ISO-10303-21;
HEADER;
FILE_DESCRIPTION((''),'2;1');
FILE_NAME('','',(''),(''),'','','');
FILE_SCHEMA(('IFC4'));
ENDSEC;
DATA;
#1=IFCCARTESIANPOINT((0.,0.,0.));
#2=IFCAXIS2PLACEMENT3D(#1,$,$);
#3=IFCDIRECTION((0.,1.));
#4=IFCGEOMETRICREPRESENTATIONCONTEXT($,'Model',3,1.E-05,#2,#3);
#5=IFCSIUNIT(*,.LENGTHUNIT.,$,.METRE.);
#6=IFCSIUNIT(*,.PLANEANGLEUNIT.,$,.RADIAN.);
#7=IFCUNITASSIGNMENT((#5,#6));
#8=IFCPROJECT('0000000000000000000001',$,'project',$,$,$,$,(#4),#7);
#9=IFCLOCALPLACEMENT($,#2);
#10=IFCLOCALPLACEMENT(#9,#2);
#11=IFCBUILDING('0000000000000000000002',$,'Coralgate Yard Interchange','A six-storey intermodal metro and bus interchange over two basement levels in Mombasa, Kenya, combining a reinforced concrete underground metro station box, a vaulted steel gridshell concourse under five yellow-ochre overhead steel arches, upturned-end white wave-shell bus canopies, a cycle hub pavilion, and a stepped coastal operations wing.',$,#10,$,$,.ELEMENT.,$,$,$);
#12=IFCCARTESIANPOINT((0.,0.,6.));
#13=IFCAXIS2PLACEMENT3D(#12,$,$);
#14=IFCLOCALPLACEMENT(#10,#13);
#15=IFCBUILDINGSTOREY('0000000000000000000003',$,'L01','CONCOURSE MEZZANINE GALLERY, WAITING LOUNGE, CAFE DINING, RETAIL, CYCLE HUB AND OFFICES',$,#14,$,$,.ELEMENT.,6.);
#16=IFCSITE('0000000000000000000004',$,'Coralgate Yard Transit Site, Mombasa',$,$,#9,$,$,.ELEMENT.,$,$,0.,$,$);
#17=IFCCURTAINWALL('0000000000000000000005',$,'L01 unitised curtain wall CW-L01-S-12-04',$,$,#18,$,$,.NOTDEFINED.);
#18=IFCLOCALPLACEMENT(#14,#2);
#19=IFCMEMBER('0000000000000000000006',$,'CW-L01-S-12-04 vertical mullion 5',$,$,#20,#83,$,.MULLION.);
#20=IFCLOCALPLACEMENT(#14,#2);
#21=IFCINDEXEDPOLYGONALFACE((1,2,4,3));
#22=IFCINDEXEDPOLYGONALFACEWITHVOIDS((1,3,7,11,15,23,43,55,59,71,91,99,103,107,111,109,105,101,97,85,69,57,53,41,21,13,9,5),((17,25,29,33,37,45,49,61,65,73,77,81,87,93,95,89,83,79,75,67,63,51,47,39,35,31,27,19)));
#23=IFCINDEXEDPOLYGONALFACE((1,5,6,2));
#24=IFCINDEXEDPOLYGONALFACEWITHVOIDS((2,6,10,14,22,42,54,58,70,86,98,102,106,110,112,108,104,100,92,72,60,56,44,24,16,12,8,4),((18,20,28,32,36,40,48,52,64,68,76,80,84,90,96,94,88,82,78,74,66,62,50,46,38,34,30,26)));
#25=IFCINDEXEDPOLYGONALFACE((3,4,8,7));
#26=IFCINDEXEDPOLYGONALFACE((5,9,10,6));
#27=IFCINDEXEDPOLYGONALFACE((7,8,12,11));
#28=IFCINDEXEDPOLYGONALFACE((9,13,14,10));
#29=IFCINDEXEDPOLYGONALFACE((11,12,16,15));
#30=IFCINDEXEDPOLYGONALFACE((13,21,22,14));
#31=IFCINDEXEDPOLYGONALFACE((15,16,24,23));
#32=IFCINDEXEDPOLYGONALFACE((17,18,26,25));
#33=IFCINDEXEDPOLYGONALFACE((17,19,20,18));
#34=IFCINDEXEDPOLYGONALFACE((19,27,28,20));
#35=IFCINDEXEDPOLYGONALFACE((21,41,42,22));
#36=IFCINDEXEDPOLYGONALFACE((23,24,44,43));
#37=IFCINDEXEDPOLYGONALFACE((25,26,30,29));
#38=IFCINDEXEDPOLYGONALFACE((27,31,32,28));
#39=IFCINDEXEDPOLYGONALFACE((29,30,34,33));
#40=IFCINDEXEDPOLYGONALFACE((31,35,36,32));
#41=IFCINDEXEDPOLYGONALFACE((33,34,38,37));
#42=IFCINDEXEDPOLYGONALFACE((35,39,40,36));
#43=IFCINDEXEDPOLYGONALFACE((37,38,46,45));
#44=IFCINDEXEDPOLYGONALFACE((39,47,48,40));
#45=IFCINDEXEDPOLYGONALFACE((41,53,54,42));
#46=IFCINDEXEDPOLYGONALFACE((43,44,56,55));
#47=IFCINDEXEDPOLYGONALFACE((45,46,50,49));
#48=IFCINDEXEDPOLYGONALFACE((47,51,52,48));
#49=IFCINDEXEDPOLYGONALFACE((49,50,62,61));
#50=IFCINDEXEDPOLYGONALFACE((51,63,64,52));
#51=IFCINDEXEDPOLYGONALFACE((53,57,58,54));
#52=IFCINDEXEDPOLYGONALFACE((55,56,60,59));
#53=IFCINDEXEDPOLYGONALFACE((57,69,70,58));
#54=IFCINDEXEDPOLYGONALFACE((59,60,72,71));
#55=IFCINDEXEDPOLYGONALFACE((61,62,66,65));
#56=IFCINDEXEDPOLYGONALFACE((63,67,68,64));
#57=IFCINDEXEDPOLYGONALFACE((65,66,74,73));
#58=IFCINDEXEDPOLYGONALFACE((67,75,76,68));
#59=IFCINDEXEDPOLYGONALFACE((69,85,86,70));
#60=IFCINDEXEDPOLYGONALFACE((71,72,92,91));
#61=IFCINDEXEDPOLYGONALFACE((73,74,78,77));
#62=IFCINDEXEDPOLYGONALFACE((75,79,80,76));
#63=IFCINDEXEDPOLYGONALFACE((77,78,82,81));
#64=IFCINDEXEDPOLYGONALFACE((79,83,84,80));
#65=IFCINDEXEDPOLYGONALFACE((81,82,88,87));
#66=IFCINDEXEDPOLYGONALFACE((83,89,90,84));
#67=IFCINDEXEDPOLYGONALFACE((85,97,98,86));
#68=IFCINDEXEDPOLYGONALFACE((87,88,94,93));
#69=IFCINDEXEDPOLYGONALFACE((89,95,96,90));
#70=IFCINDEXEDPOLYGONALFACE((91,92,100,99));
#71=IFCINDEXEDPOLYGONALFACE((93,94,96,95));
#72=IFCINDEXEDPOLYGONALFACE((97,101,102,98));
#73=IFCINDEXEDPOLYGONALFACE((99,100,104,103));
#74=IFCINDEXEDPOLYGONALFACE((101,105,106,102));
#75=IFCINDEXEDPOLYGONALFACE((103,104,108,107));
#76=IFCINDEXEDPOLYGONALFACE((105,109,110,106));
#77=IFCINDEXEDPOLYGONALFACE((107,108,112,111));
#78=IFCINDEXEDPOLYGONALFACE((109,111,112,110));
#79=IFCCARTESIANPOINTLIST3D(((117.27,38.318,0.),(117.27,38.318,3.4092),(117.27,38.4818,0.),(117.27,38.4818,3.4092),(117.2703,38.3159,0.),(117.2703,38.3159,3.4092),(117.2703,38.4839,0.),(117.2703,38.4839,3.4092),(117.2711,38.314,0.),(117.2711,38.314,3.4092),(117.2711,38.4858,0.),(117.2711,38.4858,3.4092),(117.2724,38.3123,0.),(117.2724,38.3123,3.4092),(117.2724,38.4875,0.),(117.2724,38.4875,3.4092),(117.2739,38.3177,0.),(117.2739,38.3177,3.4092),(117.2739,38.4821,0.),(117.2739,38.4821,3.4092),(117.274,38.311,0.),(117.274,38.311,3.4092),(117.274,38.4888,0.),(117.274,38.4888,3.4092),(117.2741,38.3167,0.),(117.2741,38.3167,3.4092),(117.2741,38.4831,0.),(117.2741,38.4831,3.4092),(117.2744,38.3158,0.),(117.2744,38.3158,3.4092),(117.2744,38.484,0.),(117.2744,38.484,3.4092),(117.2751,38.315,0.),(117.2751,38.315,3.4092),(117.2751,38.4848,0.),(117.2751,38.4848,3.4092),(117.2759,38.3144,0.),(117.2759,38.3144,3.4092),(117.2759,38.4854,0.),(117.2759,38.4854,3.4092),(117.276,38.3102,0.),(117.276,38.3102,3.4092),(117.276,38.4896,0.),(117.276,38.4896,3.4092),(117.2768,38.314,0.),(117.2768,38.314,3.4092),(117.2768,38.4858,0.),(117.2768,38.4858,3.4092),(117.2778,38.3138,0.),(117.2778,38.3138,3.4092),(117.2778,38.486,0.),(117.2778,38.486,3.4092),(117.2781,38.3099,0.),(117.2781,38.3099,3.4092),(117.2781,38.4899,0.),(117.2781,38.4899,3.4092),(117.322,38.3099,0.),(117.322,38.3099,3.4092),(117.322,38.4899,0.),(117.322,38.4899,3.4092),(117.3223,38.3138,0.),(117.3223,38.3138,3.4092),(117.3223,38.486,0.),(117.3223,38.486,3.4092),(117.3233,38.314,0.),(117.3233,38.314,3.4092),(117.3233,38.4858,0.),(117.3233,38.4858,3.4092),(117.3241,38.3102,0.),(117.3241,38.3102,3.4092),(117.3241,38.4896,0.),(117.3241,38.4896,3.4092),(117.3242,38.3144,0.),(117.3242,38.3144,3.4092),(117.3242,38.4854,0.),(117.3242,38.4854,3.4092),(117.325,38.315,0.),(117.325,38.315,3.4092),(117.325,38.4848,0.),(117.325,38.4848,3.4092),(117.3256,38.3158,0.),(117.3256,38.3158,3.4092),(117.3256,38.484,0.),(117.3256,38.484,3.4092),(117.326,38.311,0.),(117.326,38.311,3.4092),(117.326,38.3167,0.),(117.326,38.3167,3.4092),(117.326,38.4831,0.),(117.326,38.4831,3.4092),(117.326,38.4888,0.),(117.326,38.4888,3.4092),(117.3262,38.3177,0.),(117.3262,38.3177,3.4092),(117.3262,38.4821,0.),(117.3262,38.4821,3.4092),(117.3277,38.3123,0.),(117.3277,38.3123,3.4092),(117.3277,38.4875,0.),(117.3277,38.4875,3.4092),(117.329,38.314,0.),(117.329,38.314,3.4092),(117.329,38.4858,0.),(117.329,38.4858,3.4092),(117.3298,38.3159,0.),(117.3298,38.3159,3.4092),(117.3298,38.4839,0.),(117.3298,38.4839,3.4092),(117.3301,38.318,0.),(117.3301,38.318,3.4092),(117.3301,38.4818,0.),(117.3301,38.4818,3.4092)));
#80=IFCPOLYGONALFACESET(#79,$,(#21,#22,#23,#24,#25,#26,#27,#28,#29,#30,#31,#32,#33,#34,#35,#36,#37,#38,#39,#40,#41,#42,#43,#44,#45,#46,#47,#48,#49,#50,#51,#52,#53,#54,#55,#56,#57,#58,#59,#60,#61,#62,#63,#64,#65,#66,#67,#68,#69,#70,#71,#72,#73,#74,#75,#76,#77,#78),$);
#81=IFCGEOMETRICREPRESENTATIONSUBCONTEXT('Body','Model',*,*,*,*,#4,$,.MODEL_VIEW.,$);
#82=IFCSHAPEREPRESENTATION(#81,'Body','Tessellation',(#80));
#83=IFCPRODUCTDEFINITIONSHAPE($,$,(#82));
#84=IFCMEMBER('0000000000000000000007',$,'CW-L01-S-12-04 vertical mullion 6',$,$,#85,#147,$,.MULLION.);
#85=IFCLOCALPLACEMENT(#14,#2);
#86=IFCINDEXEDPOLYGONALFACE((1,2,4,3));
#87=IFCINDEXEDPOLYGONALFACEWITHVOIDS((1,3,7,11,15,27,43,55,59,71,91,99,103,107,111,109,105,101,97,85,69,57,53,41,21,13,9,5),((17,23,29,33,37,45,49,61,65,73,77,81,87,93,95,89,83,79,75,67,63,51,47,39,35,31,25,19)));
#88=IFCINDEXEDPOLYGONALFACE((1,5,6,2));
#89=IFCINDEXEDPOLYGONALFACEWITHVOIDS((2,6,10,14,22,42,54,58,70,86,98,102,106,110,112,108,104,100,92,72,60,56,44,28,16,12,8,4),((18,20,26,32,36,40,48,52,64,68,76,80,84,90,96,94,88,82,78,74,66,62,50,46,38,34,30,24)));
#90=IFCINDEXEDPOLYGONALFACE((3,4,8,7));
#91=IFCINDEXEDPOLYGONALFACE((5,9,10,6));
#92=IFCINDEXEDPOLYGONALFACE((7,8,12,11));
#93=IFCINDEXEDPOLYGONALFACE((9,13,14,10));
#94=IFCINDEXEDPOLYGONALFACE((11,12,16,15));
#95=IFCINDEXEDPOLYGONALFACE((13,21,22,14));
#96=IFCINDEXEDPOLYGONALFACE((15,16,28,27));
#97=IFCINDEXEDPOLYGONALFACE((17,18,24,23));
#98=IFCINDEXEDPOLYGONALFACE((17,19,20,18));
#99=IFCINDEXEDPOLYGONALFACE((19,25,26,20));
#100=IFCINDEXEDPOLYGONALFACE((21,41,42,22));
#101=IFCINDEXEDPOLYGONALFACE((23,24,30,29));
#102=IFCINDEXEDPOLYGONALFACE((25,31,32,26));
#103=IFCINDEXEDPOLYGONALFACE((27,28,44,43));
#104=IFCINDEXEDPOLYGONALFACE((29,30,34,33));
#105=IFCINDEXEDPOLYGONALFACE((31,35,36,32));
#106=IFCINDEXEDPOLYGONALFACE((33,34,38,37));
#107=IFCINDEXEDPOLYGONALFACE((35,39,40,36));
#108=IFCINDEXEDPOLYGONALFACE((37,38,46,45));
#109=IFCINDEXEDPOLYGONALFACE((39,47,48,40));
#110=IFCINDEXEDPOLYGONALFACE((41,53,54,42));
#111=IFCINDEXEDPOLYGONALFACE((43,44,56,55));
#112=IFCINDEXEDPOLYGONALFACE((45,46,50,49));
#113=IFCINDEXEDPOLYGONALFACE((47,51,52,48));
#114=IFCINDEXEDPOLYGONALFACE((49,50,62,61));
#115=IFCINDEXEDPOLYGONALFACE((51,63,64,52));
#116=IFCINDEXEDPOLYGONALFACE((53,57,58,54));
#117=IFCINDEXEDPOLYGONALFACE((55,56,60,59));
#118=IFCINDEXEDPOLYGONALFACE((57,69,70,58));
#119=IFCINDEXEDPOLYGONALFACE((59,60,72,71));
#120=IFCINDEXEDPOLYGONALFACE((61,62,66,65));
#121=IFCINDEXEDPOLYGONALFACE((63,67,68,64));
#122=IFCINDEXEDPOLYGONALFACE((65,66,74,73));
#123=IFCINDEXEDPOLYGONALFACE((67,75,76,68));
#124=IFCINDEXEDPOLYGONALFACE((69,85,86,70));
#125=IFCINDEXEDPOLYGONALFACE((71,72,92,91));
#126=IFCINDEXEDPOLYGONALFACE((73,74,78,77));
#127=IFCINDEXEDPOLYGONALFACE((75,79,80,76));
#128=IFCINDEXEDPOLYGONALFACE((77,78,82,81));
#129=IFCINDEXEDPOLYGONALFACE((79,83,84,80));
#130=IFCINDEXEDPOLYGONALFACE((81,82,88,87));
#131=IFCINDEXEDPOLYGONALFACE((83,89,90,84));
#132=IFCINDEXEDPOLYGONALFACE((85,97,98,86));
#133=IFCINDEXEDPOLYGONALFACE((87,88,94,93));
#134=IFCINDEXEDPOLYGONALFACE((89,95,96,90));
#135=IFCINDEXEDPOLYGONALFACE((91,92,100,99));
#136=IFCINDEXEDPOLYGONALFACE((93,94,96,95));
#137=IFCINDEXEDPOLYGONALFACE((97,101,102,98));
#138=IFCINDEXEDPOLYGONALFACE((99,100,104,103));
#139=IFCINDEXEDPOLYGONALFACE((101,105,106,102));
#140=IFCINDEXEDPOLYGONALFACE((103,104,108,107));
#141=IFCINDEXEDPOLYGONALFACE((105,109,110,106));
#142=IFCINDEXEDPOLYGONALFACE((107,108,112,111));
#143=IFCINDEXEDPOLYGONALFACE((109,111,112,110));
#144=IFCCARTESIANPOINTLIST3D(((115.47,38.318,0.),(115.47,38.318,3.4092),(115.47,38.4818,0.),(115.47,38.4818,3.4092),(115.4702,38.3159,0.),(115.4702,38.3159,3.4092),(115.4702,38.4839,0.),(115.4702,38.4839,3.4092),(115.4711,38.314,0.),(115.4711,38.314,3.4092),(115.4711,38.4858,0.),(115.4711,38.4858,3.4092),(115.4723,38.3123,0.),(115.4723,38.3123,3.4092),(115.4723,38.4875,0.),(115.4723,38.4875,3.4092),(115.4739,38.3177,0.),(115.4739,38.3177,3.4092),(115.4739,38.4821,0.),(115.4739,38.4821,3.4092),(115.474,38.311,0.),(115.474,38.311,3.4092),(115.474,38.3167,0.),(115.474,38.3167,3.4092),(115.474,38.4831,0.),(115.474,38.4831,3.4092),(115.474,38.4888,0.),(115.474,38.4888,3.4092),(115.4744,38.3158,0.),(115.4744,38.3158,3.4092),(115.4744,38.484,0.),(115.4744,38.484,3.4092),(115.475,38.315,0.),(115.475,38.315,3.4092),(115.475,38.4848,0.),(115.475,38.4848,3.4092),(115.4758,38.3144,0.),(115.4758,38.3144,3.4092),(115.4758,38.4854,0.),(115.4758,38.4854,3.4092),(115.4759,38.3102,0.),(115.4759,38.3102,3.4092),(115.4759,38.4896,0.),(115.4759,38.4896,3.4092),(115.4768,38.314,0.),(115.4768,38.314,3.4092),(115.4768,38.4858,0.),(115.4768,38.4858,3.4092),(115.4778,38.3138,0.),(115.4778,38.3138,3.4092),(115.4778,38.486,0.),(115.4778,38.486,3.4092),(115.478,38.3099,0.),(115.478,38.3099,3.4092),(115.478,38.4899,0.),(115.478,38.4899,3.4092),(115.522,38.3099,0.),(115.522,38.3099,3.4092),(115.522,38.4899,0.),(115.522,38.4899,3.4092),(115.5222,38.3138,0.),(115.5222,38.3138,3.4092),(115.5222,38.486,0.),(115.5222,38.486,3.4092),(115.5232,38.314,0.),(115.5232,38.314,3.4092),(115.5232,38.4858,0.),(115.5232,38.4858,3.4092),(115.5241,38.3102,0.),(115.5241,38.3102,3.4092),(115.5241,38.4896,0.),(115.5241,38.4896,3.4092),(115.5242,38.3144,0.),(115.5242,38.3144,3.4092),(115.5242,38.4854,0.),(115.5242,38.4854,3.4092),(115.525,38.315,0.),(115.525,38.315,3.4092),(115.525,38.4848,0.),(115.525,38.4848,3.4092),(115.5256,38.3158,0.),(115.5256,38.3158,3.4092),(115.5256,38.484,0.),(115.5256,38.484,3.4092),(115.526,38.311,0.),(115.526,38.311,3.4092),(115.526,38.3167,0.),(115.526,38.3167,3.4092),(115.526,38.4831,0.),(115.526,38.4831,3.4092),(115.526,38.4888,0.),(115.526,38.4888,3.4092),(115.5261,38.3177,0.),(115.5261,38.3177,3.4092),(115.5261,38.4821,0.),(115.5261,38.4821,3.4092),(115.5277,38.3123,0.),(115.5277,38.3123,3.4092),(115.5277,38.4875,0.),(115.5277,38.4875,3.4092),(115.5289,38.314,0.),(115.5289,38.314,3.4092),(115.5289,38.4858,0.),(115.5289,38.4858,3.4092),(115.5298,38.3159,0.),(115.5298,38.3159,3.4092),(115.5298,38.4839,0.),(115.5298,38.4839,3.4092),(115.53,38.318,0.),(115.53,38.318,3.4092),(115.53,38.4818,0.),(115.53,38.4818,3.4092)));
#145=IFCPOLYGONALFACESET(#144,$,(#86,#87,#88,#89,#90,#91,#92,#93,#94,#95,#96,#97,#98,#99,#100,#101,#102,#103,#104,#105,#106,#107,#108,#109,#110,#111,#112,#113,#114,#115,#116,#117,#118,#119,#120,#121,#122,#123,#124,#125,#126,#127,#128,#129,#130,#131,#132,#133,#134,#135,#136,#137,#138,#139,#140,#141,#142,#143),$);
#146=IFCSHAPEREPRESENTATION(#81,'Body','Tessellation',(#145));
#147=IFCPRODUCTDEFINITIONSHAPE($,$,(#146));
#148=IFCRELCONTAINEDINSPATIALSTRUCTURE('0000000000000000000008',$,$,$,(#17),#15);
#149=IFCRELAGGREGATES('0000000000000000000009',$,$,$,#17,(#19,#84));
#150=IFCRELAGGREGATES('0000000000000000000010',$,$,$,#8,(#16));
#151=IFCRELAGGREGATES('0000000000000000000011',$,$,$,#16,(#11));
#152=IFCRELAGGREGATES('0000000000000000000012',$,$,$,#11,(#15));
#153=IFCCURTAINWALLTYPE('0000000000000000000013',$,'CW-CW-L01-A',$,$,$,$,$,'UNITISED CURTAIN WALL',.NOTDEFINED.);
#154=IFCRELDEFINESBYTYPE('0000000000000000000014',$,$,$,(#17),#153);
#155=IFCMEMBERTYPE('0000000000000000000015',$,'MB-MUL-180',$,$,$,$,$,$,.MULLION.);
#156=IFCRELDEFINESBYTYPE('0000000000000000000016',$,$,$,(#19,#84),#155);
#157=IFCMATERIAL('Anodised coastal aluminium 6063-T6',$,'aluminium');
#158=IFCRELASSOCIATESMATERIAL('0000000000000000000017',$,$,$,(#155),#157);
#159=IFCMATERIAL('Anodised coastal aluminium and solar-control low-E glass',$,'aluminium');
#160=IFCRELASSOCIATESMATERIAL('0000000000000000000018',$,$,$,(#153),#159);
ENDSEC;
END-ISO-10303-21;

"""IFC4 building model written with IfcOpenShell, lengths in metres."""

from ifc_helpers import new_model, si_unit, direction, frame, origin, origin_2d, place, context, subcontext, project, spatial, hollow_rectangle, extrude, material, material_profile, profile_set, type_object, element, aggregate, save


model = new_model("IFC4")

# Units and contexts
model_context = context("Model", 3, precision=1e-05, world=origin(), true_north=direction((0.0, 1.0)))
body_context = subcontext(model_context, "Body", "Model", "MODEL_VIEW")
ifc_project = project(units=[si_unit("LENGTHUNIT", "METRE"), si_unit("PLANEANGLEUNIT", "RADIAN")], contexts=[model_context])

# Site, building, storey
site_placement = place(None, origin())
site = spatial("IfcSite", under=ifc_project, at=site_placement, Name="Coralgate Yard Transit Site, Mombasa", CompositionType="ELEMENT", RefElevation=0.0)
building_placement = place(site_placement, origin())
building = spatial("IfcBuilding", under=site, at=building_placement, Name="Coralgate Yard Interchange", Description="A six-storey intermodal metro and bus interchange over two basement levels in Mombasa, Kenya, combining a reinforced concrete underground metro station box, a vaulted steel gridshell concourse under five yellow-ochre overhead steel arches, upturned-end white wave-shell bus canopies, a cycle hub pavilion, and a stepped coastal operations wing.", CompositionType="ELEMENT")
storey_placement = place(building_placement, frame((0.0, 0.0, 6.0)))
storey = spatial("IfcBuildingStorey", under=building, at=storey_placement, Name="L01", Description="CONCOURSE MEZZANINE GALLERY, WAITING LOUNGE, CAFE DINING, RETAIL, CYCLE HUB AND OFFICES", CompositionType="ELEMENT", Elevation=6.0)

# Shared definitions
ifc_material_1 = material(Name="Anodised coastal aluminium and solar-control low-E glass", Category="aluminium")
ifc_material_2 = material(Name="Anodised coastal aluminium 6063-T6", Category="aluminium")
ifc_material_profile_1 = material_profile(ifc_material_2, hollow_rectangle(XDim=0.0601, YDim=0.1799, WallThickness=0.0039, InnerFilletRadius=0.0039, OuterFilletRadius=0.0081, at=origin_2d()), Name="ALU 60x180x4")
ifc_profile_set_1 = profile_set([ifc_material_profile_1], Name="Anodised coastal aluminium 6063-T6")
member_type_1 = type_object("IfcMemberType", Name="MB-MUL-180", PredefinedType="MULLION", material=ifc_profile_set_1)

# Curtain wall, members
curtain_wall_type_1 = type_object("IfcCurtainWallType", Name="CW-CW-L01-A", ElementType="UNITISED CURTAIN WALL", PredefinedType="NOTDEFINED", material=ifc_material_1)
curtain_wall_1_placement = place(storey_placement, origin())
curtain_wall_1 = element("IfcCurtainWall", 1, at=curtain_wall_1_placement, inside=storey, type_object=curtain_wall_type_1, Name="L01 unitised curtain wall CW-L01-S-12-04", PredefinedType="NOTDEFINED")
member_1_placement = place(storey_placement, frame((117.3, 38.3999, 0.0), z_axis=(0.0, 0.0, 1.0), x_axis=(1.0, 0.0, 0.0)))
member_1 = element("IfcMember", 2, at=member_1_placement, type_object=member_type_1, Name="CW-L01-S-12-04 vertical mullion 5", PredefinedType="MULLION", context=body_context, shape_type="SweptSolid", body=[
    extrude(hollow_rectangle(XDim=0.0601, YDim=0.1799, WallThickness=0.0039, InnerFilletRadius=0.0039, OuterFilletRadius=0.0081, at=origin_2d()), origin(), (0.0, 0.0, 1.0), 3.4092),
])
member_2_placement = place(storey_placement, frame((115.5, 38.3999, 0.0), z_axis=(0.0, 0.0, 1.0), x_axis=(1.0, 0.0, 0.0)))
member_2 = element("IfcMember", 3, at=member_2_placement, type_object=member_type_1, Name="CW-L01-S-12-04 vertical mullion 6", PredefinedType="MULLION", context=body_context, shape_type="SweptSolid", body=[
    extrude(hollow_rectangle(XDim=0.0601, YDim=0.1799, WallThickness=0.0039, InnerFilletRadius=0.0039, OuterFilletRadius=0.0081, at=origin_2d()), origin(), (0.0, 0.0, 1.0), 3.4092),
])

aggregate(curtain_wall_1, [member_1, member_2])

save(model, "model.ifc")
